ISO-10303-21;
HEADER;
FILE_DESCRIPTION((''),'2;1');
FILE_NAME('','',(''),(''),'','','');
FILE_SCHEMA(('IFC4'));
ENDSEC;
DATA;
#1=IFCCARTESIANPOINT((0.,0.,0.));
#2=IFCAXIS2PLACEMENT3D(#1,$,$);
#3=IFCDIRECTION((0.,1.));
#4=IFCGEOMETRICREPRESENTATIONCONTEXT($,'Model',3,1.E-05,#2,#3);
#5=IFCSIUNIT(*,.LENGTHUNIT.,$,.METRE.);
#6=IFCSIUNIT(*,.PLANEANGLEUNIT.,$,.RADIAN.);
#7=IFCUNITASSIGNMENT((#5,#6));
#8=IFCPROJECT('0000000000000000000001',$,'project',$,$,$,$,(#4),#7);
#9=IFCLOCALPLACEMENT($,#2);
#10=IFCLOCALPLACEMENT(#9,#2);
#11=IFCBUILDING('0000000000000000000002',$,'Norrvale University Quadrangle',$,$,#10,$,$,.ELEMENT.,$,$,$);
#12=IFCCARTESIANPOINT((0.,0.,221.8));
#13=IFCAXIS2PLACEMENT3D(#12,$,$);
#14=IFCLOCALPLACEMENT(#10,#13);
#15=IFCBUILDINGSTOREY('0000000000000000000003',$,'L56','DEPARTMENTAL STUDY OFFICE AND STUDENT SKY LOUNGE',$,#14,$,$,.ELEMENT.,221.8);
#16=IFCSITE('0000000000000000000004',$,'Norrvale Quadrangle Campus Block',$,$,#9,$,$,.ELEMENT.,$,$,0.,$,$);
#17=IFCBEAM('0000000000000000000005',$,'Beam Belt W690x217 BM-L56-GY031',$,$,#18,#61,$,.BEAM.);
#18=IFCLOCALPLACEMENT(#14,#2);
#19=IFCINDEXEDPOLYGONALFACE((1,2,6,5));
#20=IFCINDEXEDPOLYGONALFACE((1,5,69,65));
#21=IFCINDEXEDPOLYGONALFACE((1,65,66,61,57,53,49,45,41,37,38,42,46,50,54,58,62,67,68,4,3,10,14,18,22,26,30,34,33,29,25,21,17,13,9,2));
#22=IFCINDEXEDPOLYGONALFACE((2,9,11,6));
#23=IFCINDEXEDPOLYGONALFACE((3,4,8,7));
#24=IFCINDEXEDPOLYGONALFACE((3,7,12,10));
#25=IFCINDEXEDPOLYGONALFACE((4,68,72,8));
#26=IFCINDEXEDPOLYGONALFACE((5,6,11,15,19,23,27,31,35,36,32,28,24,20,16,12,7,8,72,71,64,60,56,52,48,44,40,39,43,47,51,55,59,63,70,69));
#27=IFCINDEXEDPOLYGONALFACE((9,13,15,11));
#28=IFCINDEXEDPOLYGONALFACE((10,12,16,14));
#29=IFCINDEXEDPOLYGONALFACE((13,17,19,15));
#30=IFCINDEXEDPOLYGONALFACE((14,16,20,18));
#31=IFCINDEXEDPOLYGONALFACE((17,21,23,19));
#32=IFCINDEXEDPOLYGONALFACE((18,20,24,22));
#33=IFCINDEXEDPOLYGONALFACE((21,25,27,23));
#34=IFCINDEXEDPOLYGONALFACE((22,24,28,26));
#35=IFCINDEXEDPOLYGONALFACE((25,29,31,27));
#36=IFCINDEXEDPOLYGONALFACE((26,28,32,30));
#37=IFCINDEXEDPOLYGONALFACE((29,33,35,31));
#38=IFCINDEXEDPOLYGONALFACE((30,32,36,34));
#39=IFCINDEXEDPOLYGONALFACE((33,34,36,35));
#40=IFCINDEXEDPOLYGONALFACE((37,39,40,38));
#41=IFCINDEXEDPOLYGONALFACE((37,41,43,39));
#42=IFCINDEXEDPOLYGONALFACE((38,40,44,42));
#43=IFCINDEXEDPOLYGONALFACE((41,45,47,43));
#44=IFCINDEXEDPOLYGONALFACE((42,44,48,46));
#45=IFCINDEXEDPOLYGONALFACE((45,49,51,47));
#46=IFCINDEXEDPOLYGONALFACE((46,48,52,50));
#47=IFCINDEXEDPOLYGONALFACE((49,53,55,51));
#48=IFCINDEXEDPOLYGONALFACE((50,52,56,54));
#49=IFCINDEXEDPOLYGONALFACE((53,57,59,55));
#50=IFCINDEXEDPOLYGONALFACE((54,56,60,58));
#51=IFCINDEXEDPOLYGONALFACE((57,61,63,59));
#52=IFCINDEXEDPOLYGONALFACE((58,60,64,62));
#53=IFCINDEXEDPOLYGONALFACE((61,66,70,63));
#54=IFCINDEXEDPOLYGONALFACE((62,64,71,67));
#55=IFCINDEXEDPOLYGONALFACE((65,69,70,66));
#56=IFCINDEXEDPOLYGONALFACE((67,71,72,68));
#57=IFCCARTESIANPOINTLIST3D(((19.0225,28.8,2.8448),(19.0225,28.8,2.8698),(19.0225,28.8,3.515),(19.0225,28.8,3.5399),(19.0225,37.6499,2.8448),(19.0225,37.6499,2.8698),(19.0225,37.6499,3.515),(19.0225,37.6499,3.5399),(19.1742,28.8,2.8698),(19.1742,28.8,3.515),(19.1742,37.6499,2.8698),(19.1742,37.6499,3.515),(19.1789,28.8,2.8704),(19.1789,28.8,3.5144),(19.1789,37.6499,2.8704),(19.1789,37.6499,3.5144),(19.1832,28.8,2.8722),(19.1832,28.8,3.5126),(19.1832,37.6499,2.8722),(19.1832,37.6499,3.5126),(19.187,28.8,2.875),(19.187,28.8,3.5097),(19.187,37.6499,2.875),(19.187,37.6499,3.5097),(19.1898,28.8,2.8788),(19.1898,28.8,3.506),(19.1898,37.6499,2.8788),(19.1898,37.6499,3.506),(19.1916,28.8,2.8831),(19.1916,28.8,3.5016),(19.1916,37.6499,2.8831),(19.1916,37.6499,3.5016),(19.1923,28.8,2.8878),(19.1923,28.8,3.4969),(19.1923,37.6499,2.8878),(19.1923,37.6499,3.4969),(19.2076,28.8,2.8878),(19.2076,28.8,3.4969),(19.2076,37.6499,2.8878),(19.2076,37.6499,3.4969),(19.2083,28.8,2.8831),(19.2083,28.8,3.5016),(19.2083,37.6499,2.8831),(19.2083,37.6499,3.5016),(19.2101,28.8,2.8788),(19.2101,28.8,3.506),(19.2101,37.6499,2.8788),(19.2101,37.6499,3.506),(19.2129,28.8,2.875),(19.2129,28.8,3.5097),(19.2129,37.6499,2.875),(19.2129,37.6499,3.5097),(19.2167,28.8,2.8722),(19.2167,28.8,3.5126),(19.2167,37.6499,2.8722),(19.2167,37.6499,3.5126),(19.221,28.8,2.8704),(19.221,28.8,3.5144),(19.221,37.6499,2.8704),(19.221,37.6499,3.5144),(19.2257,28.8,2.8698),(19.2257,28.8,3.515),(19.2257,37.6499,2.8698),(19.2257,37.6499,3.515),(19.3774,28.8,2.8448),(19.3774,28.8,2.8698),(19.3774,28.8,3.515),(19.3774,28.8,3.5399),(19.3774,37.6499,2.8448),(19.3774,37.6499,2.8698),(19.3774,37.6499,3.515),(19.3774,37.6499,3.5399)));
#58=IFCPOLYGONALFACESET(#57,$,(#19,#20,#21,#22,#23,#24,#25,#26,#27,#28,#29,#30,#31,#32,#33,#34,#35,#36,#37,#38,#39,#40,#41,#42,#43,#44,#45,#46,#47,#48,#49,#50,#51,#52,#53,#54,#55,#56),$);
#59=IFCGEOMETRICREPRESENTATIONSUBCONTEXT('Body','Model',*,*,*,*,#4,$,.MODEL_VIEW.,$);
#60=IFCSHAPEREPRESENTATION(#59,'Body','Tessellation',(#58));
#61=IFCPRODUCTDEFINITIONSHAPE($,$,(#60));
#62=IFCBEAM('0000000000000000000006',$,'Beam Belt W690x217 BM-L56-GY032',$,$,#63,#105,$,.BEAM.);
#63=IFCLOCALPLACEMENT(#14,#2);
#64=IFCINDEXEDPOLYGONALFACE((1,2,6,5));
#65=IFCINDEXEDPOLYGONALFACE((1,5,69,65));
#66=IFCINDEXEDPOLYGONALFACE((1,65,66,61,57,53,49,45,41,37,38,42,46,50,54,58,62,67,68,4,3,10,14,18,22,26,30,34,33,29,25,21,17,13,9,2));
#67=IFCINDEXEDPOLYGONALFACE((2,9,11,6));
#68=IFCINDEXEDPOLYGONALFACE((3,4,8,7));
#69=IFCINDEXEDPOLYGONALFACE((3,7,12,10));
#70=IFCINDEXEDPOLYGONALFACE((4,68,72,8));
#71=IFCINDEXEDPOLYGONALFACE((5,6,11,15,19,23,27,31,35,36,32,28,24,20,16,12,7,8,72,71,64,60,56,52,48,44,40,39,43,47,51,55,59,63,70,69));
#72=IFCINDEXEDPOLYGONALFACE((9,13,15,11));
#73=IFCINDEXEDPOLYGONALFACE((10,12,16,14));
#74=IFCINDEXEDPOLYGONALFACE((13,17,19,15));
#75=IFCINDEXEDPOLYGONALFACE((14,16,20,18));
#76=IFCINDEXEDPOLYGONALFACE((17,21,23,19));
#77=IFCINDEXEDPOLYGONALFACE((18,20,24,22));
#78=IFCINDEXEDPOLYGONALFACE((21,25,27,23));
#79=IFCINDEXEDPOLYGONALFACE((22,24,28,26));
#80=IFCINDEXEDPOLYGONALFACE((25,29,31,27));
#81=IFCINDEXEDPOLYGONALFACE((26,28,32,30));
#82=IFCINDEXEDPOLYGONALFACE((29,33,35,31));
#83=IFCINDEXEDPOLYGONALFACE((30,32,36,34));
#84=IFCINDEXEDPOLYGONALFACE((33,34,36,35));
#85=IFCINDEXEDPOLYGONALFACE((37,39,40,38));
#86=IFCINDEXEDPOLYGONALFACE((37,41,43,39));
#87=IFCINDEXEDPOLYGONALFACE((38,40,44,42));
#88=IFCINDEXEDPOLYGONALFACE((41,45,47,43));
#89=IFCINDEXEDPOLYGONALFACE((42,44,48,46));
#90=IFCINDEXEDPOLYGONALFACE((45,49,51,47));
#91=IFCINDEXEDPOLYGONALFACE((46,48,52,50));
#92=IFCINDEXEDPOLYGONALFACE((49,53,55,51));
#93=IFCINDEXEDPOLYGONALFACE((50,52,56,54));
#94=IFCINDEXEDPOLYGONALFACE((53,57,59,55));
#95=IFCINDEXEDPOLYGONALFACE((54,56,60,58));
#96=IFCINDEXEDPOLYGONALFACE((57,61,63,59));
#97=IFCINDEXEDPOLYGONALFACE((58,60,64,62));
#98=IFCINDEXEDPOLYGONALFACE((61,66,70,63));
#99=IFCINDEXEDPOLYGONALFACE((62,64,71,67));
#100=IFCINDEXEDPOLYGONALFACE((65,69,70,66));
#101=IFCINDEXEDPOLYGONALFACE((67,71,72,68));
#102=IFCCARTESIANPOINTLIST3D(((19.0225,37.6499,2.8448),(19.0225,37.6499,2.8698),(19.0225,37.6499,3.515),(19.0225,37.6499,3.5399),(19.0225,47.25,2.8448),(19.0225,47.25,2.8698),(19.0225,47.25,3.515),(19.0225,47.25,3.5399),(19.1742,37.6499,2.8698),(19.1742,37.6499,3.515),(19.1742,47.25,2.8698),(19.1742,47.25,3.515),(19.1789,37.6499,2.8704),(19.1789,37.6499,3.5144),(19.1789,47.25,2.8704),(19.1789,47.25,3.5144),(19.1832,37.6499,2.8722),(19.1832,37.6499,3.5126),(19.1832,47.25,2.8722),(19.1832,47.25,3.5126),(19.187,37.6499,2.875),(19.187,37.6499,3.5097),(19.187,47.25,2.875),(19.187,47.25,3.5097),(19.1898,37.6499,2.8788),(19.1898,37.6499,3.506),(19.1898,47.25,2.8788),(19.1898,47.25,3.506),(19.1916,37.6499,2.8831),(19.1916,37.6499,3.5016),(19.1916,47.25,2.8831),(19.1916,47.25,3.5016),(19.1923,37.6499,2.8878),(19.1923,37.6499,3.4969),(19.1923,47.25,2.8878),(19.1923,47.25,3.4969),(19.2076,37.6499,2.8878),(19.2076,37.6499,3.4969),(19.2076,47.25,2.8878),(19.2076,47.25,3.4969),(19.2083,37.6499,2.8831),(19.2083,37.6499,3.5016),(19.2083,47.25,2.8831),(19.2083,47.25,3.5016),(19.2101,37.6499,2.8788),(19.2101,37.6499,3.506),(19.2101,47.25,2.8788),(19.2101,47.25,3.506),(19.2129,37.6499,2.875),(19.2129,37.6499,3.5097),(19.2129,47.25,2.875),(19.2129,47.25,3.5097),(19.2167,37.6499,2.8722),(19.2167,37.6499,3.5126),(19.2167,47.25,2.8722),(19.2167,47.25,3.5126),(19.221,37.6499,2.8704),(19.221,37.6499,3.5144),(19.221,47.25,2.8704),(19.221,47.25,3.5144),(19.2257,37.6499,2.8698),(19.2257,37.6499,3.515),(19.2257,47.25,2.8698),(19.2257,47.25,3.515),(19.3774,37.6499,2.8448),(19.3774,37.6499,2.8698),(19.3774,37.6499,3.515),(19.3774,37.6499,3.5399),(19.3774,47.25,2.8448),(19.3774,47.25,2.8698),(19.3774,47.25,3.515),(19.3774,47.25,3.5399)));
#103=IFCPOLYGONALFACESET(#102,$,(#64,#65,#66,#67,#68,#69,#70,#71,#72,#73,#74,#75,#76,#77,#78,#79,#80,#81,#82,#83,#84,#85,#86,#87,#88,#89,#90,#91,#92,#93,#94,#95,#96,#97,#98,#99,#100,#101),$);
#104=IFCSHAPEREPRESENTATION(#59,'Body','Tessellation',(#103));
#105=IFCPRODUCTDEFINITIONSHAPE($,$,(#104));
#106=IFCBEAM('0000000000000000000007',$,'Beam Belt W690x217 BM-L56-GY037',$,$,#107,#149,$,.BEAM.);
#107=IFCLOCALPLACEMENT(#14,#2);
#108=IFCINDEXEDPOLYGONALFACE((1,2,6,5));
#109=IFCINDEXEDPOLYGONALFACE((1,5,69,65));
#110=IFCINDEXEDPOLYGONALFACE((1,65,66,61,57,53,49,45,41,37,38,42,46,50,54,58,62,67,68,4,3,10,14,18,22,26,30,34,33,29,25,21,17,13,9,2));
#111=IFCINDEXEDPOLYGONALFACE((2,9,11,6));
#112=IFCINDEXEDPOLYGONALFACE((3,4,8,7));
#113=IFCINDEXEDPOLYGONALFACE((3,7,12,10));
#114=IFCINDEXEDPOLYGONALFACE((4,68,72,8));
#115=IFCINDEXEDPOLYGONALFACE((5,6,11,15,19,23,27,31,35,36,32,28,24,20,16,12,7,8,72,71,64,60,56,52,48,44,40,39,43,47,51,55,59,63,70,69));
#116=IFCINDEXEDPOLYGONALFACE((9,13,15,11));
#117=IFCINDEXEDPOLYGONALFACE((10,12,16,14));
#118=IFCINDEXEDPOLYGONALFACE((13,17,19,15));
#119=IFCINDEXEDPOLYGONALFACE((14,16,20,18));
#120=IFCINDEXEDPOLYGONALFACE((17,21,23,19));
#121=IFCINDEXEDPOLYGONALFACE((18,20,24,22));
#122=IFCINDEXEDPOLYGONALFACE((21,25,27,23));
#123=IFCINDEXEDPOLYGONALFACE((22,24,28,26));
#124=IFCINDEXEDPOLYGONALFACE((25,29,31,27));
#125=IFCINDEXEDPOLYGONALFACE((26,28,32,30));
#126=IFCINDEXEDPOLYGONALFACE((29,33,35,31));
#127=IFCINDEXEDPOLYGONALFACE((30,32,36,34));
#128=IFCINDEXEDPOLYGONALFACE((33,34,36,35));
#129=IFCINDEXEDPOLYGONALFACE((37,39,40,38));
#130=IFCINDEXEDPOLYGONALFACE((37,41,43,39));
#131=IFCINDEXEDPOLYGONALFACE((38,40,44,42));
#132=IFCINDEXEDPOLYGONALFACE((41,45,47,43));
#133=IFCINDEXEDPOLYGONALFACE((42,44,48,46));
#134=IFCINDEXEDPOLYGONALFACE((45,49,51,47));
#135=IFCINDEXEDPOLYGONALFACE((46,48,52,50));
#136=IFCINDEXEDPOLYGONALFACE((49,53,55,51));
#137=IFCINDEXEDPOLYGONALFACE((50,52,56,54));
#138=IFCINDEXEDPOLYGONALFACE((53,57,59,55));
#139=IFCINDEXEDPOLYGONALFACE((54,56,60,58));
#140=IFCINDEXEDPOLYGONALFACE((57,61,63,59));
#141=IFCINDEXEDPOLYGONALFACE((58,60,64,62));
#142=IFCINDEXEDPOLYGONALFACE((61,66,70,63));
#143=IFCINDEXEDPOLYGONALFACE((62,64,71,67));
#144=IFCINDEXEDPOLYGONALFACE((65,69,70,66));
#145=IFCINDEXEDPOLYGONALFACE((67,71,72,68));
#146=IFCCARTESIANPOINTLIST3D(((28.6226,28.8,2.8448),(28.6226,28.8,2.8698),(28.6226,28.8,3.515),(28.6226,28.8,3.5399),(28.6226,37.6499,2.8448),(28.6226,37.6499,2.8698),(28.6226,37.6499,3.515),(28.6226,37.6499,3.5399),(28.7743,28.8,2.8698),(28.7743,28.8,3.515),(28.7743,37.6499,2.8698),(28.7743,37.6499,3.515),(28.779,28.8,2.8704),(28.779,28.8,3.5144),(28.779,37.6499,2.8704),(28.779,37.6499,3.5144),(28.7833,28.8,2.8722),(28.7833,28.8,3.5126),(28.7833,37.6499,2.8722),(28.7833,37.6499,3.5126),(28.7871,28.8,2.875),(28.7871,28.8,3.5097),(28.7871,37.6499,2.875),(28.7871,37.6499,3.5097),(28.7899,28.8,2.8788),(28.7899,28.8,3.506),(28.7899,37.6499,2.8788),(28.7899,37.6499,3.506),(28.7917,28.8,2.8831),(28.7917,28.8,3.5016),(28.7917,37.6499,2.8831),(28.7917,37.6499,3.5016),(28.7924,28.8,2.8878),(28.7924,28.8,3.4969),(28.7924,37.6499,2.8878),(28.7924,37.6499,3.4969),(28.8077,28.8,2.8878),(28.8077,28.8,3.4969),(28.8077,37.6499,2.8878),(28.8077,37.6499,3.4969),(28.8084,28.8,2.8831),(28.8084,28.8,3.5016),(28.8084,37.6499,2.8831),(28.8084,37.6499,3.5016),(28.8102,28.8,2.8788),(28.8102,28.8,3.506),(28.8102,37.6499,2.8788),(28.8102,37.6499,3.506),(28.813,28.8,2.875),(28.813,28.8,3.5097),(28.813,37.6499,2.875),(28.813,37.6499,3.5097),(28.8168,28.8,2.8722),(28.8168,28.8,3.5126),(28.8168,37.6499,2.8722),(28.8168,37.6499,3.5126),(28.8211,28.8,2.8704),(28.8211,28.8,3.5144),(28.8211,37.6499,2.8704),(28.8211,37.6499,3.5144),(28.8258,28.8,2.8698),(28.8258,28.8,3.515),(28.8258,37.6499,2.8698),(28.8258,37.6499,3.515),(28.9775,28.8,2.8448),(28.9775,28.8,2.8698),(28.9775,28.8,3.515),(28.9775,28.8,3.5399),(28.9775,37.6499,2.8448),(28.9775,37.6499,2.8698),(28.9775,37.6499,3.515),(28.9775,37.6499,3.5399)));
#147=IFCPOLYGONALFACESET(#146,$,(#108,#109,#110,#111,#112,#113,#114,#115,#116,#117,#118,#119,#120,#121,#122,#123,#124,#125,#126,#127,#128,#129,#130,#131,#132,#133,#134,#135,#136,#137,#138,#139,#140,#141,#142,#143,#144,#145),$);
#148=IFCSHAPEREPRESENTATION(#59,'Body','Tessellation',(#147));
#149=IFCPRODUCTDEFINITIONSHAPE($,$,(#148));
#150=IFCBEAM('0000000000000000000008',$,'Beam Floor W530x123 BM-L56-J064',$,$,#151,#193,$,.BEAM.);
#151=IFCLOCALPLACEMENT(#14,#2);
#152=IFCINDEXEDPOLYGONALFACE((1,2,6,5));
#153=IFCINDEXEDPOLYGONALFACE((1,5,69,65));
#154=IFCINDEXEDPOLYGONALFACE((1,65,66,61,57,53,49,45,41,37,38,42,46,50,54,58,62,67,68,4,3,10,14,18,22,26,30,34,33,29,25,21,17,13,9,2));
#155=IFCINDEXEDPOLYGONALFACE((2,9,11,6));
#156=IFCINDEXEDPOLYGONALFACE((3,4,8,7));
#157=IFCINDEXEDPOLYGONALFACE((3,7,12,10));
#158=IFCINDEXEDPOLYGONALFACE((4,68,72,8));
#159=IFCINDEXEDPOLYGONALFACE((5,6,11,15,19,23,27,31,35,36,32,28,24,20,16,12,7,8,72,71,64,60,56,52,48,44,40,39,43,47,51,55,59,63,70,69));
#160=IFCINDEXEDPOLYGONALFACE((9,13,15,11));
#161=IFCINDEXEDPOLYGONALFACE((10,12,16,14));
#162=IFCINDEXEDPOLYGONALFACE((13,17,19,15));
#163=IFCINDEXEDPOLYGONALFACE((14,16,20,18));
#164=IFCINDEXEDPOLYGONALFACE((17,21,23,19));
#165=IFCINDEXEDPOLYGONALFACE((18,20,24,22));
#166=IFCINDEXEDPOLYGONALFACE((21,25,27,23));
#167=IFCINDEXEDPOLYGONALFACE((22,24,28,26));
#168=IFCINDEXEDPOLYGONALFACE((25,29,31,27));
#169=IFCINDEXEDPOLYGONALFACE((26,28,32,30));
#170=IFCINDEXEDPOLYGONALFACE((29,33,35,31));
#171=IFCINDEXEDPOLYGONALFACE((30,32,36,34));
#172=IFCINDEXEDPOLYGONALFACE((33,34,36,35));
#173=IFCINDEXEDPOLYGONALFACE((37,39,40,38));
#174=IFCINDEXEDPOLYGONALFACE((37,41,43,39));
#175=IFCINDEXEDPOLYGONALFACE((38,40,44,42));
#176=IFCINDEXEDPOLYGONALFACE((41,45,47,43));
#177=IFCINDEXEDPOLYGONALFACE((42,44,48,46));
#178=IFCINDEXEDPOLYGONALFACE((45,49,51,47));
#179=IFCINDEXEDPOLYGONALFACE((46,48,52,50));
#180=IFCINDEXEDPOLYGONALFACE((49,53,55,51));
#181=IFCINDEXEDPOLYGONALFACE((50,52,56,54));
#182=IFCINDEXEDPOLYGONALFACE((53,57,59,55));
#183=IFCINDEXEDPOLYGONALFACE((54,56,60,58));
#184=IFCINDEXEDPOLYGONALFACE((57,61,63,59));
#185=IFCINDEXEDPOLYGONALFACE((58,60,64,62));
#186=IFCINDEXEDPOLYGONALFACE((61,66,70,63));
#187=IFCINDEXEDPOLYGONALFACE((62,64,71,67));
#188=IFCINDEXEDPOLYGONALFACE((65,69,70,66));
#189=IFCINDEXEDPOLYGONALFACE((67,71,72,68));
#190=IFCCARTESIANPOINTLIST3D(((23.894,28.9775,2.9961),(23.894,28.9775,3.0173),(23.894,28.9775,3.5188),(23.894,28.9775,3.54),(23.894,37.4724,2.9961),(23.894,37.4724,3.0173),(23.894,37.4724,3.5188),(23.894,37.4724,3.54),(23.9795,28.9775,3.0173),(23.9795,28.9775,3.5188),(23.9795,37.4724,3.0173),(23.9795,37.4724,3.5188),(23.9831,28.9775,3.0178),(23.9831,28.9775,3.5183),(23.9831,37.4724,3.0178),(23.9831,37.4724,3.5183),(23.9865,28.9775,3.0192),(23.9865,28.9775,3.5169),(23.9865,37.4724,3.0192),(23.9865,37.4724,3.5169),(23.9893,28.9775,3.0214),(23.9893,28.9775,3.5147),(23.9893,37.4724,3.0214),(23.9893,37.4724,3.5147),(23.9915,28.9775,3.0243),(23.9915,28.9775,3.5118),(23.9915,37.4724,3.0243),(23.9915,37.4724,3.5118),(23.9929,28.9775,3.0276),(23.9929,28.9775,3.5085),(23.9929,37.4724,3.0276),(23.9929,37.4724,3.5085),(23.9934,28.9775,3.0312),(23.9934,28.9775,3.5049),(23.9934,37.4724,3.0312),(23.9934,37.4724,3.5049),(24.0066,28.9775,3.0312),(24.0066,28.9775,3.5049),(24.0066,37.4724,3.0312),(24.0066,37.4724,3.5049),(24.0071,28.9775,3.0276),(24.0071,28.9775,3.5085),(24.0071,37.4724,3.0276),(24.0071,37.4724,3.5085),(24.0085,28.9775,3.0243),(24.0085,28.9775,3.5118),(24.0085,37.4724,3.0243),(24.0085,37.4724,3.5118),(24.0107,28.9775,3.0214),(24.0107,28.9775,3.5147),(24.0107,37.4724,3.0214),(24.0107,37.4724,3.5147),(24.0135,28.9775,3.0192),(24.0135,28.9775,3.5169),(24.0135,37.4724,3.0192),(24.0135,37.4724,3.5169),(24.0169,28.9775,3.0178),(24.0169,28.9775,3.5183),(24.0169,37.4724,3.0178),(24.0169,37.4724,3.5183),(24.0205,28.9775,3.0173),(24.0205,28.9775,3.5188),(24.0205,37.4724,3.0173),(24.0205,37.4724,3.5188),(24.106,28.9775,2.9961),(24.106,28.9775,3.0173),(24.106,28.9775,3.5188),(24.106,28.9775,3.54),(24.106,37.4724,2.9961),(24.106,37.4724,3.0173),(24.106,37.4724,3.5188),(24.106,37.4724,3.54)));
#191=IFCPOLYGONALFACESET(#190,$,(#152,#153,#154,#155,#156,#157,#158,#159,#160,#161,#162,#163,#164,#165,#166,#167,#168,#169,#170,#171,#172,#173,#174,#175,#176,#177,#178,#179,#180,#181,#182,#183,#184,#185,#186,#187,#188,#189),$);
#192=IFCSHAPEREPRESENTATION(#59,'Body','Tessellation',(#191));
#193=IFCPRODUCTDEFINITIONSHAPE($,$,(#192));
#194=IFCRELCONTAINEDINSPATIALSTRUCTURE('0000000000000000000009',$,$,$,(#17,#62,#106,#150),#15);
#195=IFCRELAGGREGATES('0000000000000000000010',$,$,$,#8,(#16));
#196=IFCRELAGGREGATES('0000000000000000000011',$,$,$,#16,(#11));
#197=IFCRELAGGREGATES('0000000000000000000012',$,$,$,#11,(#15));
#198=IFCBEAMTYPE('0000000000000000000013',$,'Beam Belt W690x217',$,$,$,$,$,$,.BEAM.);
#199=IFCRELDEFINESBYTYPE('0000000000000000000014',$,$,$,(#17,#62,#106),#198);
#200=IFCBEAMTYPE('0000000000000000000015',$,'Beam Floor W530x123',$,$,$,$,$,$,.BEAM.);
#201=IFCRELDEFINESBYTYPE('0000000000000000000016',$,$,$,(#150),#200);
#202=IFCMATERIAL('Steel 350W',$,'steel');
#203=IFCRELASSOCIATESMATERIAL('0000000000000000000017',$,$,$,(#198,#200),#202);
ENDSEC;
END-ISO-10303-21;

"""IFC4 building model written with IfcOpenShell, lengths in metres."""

from ifc_helpers import new_model, si_unit, direction, frame, origin, origin_2d, place, context, subcontext, project, spatial, i_section, extrude, material, material_profile, profile_set, type_object, element, save


model = new_model("IFC4")

# Units and contexts
model_context = context("Model", 3, precision=1e-05, world=origin(), true_north=direction((0.0, 1.0)))
body_context = subcontext(model_context, "Body", "Model", "MODEL_VIEW")
ifc_project = project(units=[si_unit("LENGTHUNIT", "METRE"), si_unit("PLANEANGLEUNIT", "RADIAN")], contexts=[model_context])

# Site, building, storey
site_placement = place(None, origin())
site = spatial("IfcSite", under=ifc_project, at=site_placement, Name="Norrvale Quadrangle Campus Block", CompositionType="ELEMENT", RefElevation=0.0)
building_placement = place(site_placement, origin())
building = spatial("IfcBuilding", under=site, at=building_placement, Name="Norrvale University Quadrangle", CompositionType="ELEMENT")
storey_placement = place(building_placement, frame((0.0, 0.0, 221.8)))
storey = spatial("IfcBuildingStorey", under=building, at=storey_placement, Name="L56", Description="DEPARTMENTAL STUDY OFFICE AND STUDENT SKY LOUNGE", CompositionType="ELEMENT", Elevation=221.8)

# Beams
ifc_material_1 = material(Name="Steel 350W", Category="steel")
ifc_material_profile_1 = material_profile(ifc_material_1, i_section(OverallWidth=0.355, OverallDepth=0.6951, WebThickness=0.0154, FlangeThickness=0.0249, FilletRadius=0.0181, at=origin_2d()), Name="Steel 350W")
ifc_profile_set_1 = profile_set([ifc_material_profile_1], Name="Steel 350W")
beam_type_1 = type_object("IfcBeamType", Name="Beam Belt W690x217", PredefinedType="BEAM", material=ifc_profile_set_1)
beam_1_placement = place(storey_placement, frame((19.2, 28.8, 3.1924), z_axis=(0.0, 1.0, 0.0), x_axis=(-1.0, 0.0, 0.0)))
element("IfcBeam", 1, at=beam_1_placement, inside=storey, type_object=beam_type_1, Name="Beam Belt W690x217 BM-L56-GY031", PredefinedType="BEAM", context=body_context, shape_type="SweptSolid", body=[
    extrude(i_section(OverallWidth=0.355, OverallDepth=0.6951, WebThickness=0.0154, FlangeThickness=0.0249, FilletRadius=0.0181, at=origin_2d()), origin(), (0.0, 0.0, 1.0), 8.8499),
])
beam_2_placement = place(storey_placement, frame((19.2, 37.6499, 3.1924), z_axis=(0.0, 1.0, 0.0), x_axis=(-1.0, 0.0, 0.0)))
element("IfcBeam", 2, at=beam_2_placement, inside=storey, type_object=beam_type_1, Name="Beam Belt W690x217 BM-L56-GY032", PredefinedType="BEAM", context=body_context, shape_type="SweptSolid", body=[
    extrude(i_section(OverallWidth=0.355, OverallDepth=0.6951, WebThickness=0.0154, FlangeThickness=0.0249, FilletRadius=0.0181, at=origin_2d()), origin(), (0.0, 0.0, 1.0), 9.6001),
])
beam_3_placement = place(storey_placement, frame((28.8, 28.8, 3.1924), z_axis=(0.0, 1.0, 0.0), x_axis=(-1.0, 0.0, 0.0)))
element("IfcBeam", 3, at=beam_3_placement, inside=storey, type_object=beam_type_1, Name="Beam Belt W690x217 BM-L56-GY037", PredefinedType="BEAM", context=body_context, shape_type="SweptSolid", body=[
    extrude(i_section(OverallWidth=0.355, OverallDepth=0.6951, WebThickness=0.0154, FlangeThickness=0.0249, FilletRadius=0.0181, at=origin_2d()), origin(), (0.0, 0.0, 1.0), 8.8499),
])
ifc_material_profile_2 = material_profile(ifc_material_1, i_section(OverallWidth=0.2119, OverallDepth=0.5439, WebThickness=0.0132, FlangeThickness=0.0212, FilletRadius=0.0139, at=origin_2d()), Name="Steel 350W")
ifc_profile_set_2 = profile_set([ifc_material_profile_2], Name="Steel 350W")
beam_type_2 = type_object("IfcBeamType", Name="Beam Floor W530x123", PredefinedType="BEAM", material=ifc_profile_set_2)
beam_4_placement = place(storey_placement, frame((24.0, 28.9775, 3.2681), z_axis=(0.0, 1.0, 0.0), x_axis=(-1.0, 0.0, 0.0)))
element("IfcBeam", 4, at=beam_4_placement, inside=storey, type_object=beam_type_2, Name="Beam Floor W530x123 BM-L56-J064", PredefinedType="BEAM", context=body_context, shape_type="SweptSolid", body=[
    extrude(i_section(OverallWidth=0.2119, OverallDepth=0.5439, WebThickness=0.0132, FlangeThickness=0.0212, FilletRadius=0.0139, at=origin_2d()), origin(), (0.0, 0.0, 1.0), 8.4949),
])

save(model, "model.ifc")
